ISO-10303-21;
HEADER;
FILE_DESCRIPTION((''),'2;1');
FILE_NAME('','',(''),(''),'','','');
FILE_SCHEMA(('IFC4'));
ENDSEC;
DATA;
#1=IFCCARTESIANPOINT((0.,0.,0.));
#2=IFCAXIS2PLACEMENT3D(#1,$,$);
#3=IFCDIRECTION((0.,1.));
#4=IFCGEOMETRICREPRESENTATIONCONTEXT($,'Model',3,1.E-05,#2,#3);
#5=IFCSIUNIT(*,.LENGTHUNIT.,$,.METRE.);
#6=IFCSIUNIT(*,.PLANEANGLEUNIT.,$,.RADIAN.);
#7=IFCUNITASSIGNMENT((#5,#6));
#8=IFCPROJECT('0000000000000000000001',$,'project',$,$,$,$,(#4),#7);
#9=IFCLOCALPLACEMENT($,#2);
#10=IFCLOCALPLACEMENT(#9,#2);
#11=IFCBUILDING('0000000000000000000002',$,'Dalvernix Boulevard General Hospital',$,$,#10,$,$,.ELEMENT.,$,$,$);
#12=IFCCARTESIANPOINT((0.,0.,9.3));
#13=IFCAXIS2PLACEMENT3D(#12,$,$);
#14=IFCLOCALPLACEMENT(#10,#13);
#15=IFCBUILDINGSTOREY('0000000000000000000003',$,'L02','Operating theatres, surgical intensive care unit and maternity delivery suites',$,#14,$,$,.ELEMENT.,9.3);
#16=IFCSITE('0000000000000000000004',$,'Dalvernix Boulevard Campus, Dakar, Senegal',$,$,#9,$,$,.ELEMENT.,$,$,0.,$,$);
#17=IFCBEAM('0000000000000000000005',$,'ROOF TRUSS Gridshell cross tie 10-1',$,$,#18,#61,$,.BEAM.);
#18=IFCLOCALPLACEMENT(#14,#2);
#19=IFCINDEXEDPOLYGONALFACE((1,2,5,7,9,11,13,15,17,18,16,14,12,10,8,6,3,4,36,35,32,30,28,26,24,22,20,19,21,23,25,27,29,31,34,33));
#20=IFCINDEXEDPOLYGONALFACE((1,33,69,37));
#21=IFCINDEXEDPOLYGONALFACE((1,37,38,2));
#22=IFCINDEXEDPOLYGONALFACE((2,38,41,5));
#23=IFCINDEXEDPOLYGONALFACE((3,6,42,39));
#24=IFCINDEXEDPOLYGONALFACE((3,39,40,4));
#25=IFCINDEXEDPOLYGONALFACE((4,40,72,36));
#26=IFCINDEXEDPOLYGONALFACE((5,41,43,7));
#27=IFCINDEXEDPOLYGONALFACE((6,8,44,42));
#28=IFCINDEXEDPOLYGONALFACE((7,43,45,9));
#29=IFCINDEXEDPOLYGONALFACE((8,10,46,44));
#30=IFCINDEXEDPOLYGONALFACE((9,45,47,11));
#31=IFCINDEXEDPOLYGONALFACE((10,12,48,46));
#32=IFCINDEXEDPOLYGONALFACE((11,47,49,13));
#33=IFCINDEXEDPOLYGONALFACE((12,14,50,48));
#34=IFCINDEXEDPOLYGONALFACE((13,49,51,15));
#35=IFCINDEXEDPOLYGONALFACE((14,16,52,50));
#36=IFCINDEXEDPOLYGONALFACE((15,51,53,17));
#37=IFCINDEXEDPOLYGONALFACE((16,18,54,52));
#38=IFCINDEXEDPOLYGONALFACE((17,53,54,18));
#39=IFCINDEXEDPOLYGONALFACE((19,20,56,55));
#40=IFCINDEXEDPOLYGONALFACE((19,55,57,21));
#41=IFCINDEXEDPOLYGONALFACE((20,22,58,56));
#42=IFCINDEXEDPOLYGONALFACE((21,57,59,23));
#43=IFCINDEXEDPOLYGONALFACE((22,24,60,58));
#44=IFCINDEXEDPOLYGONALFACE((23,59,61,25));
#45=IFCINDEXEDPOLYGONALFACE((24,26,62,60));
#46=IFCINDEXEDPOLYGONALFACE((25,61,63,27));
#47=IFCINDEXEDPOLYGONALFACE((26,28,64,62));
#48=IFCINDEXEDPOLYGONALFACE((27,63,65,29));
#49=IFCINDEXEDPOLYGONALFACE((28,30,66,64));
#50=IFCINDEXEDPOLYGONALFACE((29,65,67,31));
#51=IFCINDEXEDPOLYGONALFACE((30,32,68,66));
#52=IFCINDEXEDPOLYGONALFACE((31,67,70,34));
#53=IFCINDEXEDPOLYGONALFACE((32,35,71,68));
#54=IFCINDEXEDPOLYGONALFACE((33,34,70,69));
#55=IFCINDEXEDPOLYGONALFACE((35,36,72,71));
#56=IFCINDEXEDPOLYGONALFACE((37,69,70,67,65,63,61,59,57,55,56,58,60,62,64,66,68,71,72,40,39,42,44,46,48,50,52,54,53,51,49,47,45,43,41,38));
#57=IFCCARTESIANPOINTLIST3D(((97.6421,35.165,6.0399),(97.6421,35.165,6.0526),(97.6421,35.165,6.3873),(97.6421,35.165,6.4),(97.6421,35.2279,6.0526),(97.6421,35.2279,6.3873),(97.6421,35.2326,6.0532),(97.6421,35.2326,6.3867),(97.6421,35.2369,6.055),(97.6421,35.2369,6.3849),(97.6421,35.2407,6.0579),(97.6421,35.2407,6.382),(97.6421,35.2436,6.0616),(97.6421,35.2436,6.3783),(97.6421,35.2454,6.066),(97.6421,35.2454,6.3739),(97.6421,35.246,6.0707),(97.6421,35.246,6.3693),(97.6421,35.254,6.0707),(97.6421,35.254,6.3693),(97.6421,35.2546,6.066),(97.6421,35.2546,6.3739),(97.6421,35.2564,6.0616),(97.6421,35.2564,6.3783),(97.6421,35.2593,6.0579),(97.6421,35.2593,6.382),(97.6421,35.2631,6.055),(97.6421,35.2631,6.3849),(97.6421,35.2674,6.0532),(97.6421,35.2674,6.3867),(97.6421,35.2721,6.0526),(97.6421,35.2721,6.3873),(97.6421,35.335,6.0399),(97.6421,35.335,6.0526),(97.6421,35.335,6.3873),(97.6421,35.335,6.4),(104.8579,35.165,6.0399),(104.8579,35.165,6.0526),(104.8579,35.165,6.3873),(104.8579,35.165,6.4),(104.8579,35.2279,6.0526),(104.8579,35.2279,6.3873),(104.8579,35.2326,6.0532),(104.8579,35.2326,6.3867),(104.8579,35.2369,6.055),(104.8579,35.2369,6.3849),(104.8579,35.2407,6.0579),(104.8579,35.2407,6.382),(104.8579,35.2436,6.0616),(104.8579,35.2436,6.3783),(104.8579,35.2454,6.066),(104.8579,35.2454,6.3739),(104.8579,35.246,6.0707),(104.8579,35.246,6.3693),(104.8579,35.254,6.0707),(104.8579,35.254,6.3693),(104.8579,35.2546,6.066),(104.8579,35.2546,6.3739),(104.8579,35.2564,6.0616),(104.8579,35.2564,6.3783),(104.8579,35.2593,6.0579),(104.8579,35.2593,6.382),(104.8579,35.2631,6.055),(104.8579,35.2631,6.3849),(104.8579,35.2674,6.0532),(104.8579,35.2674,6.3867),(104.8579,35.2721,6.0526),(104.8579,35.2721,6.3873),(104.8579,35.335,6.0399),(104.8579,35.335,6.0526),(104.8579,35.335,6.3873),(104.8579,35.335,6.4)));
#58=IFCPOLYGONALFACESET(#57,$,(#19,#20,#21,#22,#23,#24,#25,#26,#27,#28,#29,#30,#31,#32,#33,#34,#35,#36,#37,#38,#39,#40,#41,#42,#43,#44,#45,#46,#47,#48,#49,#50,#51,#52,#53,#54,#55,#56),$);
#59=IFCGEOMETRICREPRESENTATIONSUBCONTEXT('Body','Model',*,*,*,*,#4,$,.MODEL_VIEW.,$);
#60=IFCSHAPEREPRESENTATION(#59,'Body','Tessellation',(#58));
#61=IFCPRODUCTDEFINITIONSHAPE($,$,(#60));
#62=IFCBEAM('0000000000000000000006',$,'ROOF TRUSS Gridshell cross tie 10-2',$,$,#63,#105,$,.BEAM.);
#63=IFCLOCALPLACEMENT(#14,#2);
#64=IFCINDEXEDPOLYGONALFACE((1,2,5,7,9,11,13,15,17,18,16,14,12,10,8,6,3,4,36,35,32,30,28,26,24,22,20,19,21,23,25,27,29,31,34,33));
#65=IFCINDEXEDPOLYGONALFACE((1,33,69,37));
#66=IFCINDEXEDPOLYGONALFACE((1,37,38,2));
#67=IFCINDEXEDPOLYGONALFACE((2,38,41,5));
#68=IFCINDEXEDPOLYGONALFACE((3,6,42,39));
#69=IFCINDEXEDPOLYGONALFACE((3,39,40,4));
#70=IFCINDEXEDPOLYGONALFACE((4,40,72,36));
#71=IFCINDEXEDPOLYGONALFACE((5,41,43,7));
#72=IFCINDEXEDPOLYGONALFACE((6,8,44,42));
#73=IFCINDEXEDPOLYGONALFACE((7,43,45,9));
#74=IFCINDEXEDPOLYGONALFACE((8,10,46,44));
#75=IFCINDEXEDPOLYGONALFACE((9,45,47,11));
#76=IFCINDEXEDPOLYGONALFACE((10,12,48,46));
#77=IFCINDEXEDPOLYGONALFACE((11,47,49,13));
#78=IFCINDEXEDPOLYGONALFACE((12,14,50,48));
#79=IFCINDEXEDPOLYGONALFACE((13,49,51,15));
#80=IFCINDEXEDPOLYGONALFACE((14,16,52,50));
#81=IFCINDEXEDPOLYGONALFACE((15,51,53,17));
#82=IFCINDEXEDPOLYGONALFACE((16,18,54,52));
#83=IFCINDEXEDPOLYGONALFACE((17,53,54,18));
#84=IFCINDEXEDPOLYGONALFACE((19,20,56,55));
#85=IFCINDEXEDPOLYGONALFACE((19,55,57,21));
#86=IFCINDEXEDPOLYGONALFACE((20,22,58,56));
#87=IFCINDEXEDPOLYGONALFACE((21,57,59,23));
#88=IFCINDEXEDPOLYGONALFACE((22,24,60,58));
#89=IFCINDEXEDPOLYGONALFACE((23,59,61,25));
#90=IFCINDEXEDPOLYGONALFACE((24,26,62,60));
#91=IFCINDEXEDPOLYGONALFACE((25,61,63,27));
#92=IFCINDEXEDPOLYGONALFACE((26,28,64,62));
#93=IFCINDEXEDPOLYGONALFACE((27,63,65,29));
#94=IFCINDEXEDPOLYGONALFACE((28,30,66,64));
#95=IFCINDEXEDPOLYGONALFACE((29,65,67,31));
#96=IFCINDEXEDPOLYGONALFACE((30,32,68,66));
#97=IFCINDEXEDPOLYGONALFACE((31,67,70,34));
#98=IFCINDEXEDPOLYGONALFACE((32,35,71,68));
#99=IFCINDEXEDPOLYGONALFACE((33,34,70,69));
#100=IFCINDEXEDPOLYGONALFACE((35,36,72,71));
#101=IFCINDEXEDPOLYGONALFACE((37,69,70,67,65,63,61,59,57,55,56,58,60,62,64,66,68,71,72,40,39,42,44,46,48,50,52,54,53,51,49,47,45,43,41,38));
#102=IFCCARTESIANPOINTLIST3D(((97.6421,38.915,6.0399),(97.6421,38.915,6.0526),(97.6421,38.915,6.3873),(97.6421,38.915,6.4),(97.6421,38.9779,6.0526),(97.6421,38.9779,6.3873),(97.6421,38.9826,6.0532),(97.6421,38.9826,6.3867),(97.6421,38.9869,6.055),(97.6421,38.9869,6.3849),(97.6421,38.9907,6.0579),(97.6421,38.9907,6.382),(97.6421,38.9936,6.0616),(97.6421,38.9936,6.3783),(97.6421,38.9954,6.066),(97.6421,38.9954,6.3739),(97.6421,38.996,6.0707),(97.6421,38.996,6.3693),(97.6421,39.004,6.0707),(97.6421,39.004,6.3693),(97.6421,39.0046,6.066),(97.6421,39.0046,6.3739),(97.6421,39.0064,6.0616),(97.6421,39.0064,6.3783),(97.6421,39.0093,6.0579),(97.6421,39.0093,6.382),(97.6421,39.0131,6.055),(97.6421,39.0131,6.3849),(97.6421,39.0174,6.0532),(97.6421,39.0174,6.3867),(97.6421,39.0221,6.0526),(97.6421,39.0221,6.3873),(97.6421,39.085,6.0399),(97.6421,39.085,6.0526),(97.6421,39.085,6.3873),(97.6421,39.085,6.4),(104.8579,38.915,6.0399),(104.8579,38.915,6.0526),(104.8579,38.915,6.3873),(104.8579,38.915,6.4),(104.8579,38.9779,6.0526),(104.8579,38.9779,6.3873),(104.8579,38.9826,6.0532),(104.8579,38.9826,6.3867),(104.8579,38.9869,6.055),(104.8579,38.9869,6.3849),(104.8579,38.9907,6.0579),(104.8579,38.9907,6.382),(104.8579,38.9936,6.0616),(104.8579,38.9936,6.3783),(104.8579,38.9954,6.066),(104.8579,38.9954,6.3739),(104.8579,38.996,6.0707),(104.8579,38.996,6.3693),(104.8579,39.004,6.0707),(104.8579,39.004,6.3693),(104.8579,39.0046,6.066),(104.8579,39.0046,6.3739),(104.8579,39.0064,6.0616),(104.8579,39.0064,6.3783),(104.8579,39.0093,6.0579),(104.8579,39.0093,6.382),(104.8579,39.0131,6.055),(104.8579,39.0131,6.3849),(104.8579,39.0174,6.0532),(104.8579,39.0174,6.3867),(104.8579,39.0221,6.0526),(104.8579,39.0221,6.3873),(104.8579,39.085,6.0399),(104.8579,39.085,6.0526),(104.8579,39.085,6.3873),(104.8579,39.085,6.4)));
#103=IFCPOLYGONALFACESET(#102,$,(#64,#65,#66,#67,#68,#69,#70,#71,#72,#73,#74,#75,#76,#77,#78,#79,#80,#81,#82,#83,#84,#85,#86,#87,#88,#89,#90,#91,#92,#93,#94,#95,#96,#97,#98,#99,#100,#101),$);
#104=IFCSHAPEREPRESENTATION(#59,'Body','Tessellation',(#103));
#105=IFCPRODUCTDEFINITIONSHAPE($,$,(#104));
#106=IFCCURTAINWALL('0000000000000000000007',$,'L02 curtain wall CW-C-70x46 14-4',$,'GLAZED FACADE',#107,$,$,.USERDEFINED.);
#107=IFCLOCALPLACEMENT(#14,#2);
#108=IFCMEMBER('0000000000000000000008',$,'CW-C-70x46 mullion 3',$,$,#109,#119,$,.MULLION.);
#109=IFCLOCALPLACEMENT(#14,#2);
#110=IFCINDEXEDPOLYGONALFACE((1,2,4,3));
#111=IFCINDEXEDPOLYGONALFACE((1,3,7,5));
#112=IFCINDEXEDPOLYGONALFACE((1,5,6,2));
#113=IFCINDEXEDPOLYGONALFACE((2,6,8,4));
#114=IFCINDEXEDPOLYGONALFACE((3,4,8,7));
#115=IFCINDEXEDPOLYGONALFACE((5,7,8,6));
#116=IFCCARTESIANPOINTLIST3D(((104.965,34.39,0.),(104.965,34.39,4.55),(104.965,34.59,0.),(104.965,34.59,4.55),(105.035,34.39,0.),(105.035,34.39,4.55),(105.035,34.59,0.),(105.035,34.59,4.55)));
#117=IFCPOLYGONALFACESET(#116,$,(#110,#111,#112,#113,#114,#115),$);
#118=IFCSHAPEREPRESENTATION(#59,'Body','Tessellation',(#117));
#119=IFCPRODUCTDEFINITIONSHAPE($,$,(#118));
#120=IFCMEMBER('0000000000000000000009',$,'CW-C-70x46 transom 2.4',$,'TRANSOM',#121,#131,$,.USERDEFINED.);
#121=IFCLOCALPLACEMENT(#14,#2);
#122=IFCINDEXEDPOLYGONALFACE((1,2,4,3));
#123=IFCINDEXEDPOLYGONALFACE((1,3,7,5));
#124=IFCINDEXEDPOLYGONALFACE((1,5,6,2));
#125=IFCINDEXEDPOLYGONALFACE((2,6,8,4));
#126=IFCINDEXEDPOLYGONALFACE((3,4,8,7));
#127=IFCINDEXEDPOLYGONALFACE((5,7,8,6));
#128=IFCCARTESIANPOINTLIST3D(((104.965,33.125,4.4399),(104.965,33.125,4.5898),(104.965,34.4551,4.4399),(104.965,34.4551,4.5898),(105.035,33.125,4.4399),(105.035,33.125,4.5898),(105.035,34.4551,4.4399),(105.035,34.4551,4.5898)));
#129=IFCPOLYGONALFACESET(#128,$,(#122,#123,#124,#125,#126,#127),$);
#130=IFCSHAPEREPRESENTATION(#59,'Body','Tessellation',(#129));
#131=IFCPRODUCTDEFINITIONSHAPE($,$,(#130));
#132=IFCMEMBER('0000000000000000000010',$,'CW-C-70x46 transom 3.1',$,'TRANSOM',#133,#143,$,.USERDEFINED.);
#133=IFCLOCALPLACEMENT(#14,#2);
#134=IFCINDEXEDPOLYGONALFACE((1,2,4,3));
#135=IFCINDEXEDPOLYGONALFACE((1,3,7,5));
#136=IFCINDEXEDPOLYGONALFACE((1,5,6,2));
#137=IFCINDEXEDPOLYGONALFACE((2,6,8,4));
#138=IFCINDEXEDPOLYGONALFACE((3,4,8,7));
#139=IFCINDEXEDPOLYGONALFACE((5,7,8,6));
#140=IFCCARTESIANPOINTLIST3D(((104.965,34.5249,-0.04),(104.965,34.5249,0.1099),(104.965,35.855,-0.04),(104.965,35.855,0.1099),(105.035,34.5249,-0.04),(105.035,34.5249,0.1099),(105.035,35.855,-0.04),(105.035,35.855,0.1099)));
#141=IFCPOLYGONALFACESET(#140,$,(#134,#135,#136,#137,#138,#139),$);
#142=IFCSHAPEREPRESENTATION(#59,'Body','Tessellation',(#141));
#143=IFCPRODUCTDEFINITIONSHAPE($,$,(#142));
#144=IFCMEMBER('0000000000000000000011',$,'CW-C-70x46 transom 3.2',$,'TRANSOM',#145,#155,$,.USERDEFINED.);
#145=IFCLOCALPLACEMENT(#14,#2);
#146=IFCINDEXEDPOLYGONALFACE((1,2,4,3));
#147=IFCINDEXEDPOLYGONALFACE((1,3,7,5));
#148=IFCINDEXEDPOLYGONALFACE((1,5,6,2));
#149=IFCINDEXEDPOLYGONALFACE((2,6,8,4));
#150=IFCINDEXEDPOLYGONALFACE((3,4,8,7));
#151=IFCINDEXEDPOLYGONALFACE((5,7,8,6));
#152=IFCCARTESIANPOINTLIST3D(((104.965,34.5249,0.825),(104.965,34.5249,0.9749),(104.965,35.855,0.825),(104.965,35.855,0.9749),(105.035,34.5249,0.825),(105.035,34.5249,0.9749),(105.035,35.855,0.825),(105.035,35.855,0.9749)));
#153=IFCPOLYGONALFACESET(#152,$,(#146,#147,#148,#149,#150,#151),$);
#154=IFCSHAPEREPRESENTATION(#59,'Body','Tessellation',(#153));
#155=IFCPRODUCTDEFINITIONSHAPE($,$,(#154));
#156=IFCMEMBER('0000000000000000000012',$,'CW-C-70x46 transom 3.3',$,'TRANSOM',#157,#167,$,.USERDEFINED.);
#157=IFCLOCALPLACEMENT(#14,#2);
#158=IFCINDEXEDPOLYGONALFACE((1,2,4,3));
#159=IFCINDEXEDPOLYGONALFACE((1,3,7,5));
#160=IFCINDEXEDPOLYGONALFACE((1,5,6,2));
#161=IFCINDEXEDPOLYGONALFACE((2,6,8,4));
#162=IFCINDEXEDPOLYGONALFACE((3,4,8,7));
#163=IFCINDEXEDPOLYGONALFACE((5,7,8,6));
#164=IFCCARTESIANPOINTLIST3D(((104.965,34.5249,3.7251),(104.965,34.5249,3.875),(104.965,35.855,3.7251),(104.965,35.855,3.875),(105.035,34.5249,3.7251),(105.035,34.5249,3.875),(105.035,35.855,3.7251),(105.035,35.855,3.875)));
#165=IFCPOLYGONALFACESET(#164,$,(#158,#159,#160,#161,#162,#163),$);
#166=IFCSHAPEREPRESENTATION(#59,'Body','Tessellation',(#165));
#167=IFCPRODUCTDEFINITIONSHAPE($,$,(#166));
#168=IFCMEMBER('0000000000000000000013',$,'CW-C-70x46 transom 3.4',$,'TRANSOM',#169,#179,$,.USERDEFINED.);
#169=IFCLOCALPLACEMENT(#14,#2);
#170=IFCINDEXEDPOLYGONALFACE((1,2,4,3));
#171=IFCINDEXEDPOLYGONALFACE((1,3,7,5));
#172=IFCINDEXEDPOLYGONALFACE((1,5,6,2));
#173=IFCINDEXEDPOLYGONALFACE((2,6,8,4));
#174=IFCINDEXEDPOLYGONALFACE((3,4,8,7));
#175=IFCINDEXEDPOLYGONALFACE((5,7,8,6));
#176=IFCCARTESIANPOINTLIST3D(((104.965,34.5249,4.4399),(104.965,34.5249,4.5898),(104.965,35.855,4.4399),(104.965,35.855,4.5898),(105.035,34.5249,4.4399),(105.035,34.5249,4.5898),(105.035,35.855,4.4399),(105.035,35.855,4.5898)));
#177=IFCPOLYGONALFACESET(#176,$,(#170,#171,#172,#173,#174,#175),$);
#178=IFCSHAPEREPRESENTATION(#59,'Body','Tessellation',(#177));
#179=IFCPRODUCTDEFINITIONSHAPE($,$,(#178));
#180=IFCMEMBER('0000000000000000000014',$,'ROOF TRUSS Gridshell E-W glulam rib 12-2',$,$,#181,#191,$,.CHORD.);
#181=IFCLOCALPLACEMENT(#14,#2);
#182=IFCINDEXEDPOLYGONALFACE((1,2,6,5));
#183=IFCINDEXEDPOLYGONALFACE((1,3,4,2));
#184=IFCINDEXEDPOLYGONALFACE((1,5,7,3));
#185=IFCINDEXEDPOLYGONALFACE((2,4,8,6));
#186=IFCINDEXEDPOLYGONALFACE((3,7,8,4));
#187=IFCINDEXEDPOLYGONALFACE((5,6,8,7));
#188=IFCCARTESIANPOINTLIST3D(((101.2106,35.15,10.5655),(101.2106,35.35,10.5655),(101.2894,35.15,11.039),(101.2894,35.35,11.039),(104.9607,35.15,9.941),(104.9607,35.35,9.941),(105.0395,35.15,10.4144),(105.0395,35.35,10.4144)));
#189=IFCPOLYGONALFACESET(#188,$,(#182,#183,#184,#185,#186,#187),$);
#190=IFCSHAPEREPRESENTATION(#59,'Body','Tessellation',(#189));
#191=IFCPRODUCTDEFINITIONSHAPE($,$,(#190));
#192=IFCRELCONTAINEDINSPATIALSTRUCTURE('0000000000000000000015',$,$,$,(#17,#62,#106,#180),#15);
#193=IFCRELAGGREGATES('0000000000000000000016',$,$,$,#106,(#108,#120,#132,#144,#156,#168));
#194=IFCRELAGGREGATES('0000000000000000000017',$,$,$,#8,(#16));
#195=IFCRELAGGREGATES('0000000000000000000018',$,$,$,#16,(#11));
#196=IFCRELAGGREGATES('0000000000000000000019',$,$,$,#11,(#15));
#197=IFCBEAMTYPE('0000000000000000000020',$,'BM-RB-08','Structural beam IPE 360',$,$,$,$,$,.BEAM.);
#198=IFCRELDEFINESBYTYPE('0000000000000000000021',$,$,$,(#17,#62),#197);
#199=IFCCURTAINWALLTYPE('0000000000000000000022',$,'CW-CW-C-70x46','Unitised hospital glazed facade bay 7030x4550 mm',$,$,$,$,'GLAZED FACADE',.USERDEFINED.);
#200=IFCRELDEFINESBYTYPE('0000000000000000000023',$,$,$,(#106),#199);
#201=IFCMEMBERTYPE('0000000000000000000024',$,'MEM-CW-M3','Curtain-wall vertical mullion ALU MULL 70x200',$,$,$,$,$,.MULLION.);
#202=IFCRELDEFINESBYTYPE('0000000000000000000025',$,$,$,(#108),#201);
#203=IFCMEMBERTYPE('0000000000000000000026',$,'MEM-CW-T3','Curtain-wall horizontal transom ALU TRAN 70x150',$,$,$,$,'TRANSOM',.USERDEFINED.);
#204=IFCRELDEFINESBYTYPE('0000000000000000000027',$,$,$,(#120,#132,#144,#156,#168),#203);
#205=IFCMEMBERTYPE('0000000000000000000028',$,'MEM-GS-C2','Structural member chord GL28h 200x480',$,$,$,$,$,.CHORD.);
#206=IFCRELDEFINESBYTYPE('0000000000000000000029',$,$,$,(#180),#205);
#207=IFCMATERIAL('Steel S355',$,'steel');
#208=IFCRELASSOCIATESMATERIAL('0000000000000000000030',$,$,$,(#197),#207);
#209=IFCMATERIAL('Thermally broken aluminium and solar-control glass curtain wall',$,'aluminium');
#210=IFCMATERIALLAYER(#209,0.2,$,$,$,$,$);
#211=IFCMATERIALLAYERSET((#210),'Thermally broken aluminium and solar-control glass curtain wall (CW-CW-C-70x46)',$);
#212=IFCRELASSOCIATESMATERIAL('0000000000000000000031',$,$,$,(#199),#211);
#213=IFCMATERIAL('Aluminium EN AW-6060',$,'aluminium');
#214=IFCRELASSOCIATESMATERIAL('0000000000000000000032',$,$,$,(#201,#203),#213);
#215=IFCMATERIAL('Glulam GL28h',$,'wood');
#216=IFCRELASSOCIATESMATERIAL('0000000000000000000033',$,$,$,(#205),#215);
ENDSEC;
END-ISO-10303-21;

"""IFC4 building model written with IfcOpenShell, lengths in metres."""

from ifc_helpers import new_model, si_unit, direction, frame, origin, origin_2d, place, context, subcontext, project, spatial, rectangle, i_section, extrude, material, layer, layer_set, material_profile, profile_set, type_object, element, aggregate, save


model = new_model("IFC4")

# Units and contexts
model_context = context("Model", 3, precision=1e-05, world=origin(), true_north=direction((0.0, 1.0)))
body_context = subcontext(model_context, "Body", "Model", "MODEL_VIEW")
ifc_project = project(units=[si_unit("LENGTHUNIT", "METRE"), si_unit("PLANEANGLEUNIT", "RADIAN")], contexts=[model_context])

# Site, building, storey
site_placement = place(None, origin())
site = spatial("IfcSite", under=ifc_project, at=site_placement, Name="Dalvernix Boulevard Campus, Dakar, Senegal", CompositionType="ELEMENT", RefElevation=0.0)
building_placement = place(site_placement, origin())
building = spatial("IfcBuilding", under=site, at=building_placement, Name="Dalvernix Boulevard General Hospital", CompositionType="ELEMENT")
storey_placement = place(building_placement, frame((0.0, 0.0, 9.3)))
storey = spatial("IfcBuildingStorey", under=building, at=storey_placement, Name="L02", Description="Operating theatres, surgical intensive care unit and maternity delivery suites", CompositionType="ELEMENT", Elevation=9.3)

# Beams
ifc_material_1 = material(Name="Steel S355", Category="steel")
ifc_material_profile_1 = material_profile(ifc_material_1, i_section(OverallWidth=0.1699, OverallDepth=0.3601, WebThickness=0.0081, FlangeThickness=0.0127, FilletRadius=0.0181, at=origin_2d()), Name="IPE 360")
ifc_profile_set_1 = profile_set([ifc_material_profile_1], Name="Steel S355")
beam_type = type_object("IfcBeamType", Name="BM-RB-08", Description="Structural beam IPE 360", PredefinedType="BEAM", material=ifc_profile_set_1)
for number, where, z_axis, x_axis, name in (
    (1, (97.6421, 35.25, 6.22), (1.0, 0.0, 0.0), (0.0, 1.0, 0.0), "ROOF TRUSS Gridshell cross tie 10-1"),
    (2, (97.6421, 39.0, 6.22), (1.0, 0.0, 0.0), (0.0, 1.0, 0.0), "ROOF TRUSS Gridshell cross tie 10-2"),
):
    element("IfcBeam", number, at=place(storey_placement, frame(where, z_axis=z_axis, x_axis=x_axis)), inside=storey, type_object=beam_type, Name=name, PredefinedType="BEAM", context=body_context, shape_type="SweptSolid", body=[
        extrude(i_section(OverallWidth=0.1699, OverallDepth=0.3601, WebThickness=0.0081, FlangeThickness=0.0127, FilletRadius=0.0181, at=origin_2d()), origin(), (0.0, 0.0, 1.0), 7.2158),
    ])

# Curtain wall, members
ifc_material_2 = material(Name="Thermally broken aluminium and solar-control glass curtain wall", Category="aluminium")
ifc_layer_1 = layer(ifc_material_2, 0.2)
ifc_layer_set_1 = layer_set([ifc_layer_1], Name="Thermally broken aluminium and solar-control glass curtain wall (CW-CW-C-70x46)")
curtain_wall_type = type_object("IfcCurtainWallType", Name="CW-CW-C-70x46", Description="Unitised hospital glazed facade bay 7030x4550 mm", ElementType="GLAZED FACADE", PredefinedType="USERDEFINED", material=ifc_layer_set_1)
curtain_wall_placement = place(storey_placement, origin())
curtain_wall = element("IfcCurtainWall", 3, at=curtain_wall_placement, inside=storey, type_object=curtain_wall_type, Name="L02 curtain wall CW-C-70x46 14-4", ObjectType="GLAZED FACADE", PredefinedType="USERDEFINED")
ifc_material_3 = material(Name="Aluminium EN AW-6060", Category="aluminium")
ifc_material_profile_2 = material_profile(ifc_material_3, rectangle(XDim=0.0701, YDim=0.2, at=origin_2d()), Name="ALU MULL 70x200")
ifc_profile_set_2 = profile_set([ifc_material_profile_2], Name="Aluminium EN AW-6060")
member_type_1 = type_object("IfcMemberType", Name="MEM-CW-M3", Description="Curtain-wall vertical mullion ALU MULL 70x200", PredefinedType="MULLION", material=ifc_profile_set_2)
member_1_placement = place(storey_placement, frame((105.0, 34.49, 0.0), z_axis=(0.0, 0.0, 1.0), x_axis=(-1.0, 0.0, 0.0)))
member_1 = element("IfcMember", 4, at=member_1_placement, type_object=member_type_1, Name="CW-C-70x46 mullion 3", PredefinedType="MULLION", context=body_context, shape_type="SweptSolid", body=[
    extrude(rectangle(XDim=0.0701, YDim=0.2, at=origin_2d()), origin(), (0.0, 0.0, 1.0), 4.55),
])
ifc_material_profile_3 = material_profile(ifc_material_3, rectangle(XDim=0.0701, YDim=0.1499, at=origin_2d()), Name="ALU TRAN 70x150")
ifc_profile_set_3 = profile_set([ifc_material_profile_3], Name="Aluminium EN AW-6060")
member_type_2 = type_object("IfcMemberType", Name="MEM-CW-T3", Description="Curtain-wall horizontal transom ALU TRAN 70x150", ElementType="TRANSOM", PredefinedType="USERDEFINED", material=ifc_profile_set_3)
member_2_placement = place(storey_placement, frame((105.0, 33.125, 4.5149), z_axis=(0.0, 1.0, 0.0), x_axis=(-1.0, 0.0, 0.0)))
member_2 = element("IfcMember", 5, at=member_2_placement, type_object=member_type_2, Name="CW-C-70x46 transom 2.4", ObjectType="TRANSOM", PredefinedType="USERDEFINED", context=body_context, shape_type="SweptSolid", body=[
    extrude(rectangle(XDim=0.0701, YDim=0.1499, at=origin_2d()), origin(), (0.0, 0.0, 1.0), 1.3301),
])
member_3_placement = place(storey_placement, frame((105.0, 34.5249, 0.0349), z_axis=(0.0, 1.0, 0.0), x_axis=(-1.0, 0.0, 0.0)))
member_3 = element("IfcMember", 6, at=member_3_placement, type_object=member_type_2, Name="CW-C-70x46 transom 3.1", ObjectType="TRANSOM", PredefinedType="USERDEFINED", context=body_context, shape_type="SweptSolid", body=[
    extrude(rectangle(XDim=0.0701, YDim=0.1499, at=origin_2d()), origin(), (0.0, 0.0, 1.0), 1.3301),
])
member_4_placement = place(storey_placement, frame((105.0, 34.5249, 0.8999), z_axis=(0.0, 1.0, 0.0), x_axis=(-1.0, 0.0, 0.0)))
member_4 = element("IfcMember", 7, at=member_4_placement, type_object=member_type_2, Name="CW-C-70x46 transom 3.2", ObjectType="TRANSOM", PredefinedType="USERDEFINED", context=body_context, shape_type="SweptSolid", body=[
    extrude(rectangle(XDim=0.0701, YDim=0.1499, at=origin_2d()), origin(), (0.0, 0.0, 1.0), 1.3301),
])
member_5_placement = place(storey_placement, frame((105.0, 34.5249, 3.8), z_axis=(0.0, 1.0, 0.0), x_axis=(-1.0, 0.0, 0.0)))
member_5 = element("IfcMember", 8, at=member_5_placement, type_object=member_type_2, Name="CW-C-70x46 transom 3.3", ObjectType="TRANSOM", PredefinedType="USERDEFINED", context=body_context, shape_type="SweptSolid", body=[
    extrude(rectangle(XDim=0.0701, YDim=0.1499, at=origin_2d()), origin(), (0.0, 0.0, 1.0), 1.3301),
])
member_6_placement = place(storey_placement, frame((105.0, 34.5249, 4.5149), z_axis=(0.0, 1.0, 0.0), x_axis=(-1.0, 0.0, 0.0)))
member_6 = element("IfcMember", 9, at=member_6_placement, type_object=member_type_2, Name="CW-C-70x46 transom 3.4", ObjectType="TRANSOM", PredefinedType="USERDEFINED", context=body_context, shape_type="SweptSolid", body=[
    extrude(rectangle(XDim=0.0701, YDim=0.1499, at=origin_2d()), origin(), (0.0, 0.0, 1.0), 1.3301),
])

# Member
ifc_material_4 = material(Name="Glulam GL28h", Category="wood")
ifc_material_profile_4 = material_profile(ifc_material_4, rectangle(XDim=0.2, YDim=0.48, at=origin_2d()), Name="GL28h 200x480")
ifc_profile_set_4 = profile_set([ifc_material_profile_4], Name="Glulam GL28h")
member_type_3 = type_object("IfcMemberType", Name="MEM-GS-C2", Description="Structural member chord GL28h 200x480", PredefinedType="CHORD", material=ifc_profile_set_4)
member_7_placement = place(storey_placement, frame((101.25, 35.25, 10.8022), z_axis=(0.986415, 0.0, -0.164274), x_axis=(0.0, 1.0, 0.0)))
element("IfcMember", 10, at=member_7_placement, inside=storey, type_object=member_type_3, Name="ROOF TRUSS Gridshell E-W glulam rib 12-2", PredefinedType="CHORD", context=body_context, shape_type="SweptSolid", body=[
    extrude(rectangle(XDim=0.2, YDim=0.48, at=origin_2d()), origin(), (0.0, 0.0, 1.0), 3.8018),
])

aggregate(curtain_wall, [member_1, member_2, member_3, member_4, member_5, member_6])

save(model, "model.ifc")
